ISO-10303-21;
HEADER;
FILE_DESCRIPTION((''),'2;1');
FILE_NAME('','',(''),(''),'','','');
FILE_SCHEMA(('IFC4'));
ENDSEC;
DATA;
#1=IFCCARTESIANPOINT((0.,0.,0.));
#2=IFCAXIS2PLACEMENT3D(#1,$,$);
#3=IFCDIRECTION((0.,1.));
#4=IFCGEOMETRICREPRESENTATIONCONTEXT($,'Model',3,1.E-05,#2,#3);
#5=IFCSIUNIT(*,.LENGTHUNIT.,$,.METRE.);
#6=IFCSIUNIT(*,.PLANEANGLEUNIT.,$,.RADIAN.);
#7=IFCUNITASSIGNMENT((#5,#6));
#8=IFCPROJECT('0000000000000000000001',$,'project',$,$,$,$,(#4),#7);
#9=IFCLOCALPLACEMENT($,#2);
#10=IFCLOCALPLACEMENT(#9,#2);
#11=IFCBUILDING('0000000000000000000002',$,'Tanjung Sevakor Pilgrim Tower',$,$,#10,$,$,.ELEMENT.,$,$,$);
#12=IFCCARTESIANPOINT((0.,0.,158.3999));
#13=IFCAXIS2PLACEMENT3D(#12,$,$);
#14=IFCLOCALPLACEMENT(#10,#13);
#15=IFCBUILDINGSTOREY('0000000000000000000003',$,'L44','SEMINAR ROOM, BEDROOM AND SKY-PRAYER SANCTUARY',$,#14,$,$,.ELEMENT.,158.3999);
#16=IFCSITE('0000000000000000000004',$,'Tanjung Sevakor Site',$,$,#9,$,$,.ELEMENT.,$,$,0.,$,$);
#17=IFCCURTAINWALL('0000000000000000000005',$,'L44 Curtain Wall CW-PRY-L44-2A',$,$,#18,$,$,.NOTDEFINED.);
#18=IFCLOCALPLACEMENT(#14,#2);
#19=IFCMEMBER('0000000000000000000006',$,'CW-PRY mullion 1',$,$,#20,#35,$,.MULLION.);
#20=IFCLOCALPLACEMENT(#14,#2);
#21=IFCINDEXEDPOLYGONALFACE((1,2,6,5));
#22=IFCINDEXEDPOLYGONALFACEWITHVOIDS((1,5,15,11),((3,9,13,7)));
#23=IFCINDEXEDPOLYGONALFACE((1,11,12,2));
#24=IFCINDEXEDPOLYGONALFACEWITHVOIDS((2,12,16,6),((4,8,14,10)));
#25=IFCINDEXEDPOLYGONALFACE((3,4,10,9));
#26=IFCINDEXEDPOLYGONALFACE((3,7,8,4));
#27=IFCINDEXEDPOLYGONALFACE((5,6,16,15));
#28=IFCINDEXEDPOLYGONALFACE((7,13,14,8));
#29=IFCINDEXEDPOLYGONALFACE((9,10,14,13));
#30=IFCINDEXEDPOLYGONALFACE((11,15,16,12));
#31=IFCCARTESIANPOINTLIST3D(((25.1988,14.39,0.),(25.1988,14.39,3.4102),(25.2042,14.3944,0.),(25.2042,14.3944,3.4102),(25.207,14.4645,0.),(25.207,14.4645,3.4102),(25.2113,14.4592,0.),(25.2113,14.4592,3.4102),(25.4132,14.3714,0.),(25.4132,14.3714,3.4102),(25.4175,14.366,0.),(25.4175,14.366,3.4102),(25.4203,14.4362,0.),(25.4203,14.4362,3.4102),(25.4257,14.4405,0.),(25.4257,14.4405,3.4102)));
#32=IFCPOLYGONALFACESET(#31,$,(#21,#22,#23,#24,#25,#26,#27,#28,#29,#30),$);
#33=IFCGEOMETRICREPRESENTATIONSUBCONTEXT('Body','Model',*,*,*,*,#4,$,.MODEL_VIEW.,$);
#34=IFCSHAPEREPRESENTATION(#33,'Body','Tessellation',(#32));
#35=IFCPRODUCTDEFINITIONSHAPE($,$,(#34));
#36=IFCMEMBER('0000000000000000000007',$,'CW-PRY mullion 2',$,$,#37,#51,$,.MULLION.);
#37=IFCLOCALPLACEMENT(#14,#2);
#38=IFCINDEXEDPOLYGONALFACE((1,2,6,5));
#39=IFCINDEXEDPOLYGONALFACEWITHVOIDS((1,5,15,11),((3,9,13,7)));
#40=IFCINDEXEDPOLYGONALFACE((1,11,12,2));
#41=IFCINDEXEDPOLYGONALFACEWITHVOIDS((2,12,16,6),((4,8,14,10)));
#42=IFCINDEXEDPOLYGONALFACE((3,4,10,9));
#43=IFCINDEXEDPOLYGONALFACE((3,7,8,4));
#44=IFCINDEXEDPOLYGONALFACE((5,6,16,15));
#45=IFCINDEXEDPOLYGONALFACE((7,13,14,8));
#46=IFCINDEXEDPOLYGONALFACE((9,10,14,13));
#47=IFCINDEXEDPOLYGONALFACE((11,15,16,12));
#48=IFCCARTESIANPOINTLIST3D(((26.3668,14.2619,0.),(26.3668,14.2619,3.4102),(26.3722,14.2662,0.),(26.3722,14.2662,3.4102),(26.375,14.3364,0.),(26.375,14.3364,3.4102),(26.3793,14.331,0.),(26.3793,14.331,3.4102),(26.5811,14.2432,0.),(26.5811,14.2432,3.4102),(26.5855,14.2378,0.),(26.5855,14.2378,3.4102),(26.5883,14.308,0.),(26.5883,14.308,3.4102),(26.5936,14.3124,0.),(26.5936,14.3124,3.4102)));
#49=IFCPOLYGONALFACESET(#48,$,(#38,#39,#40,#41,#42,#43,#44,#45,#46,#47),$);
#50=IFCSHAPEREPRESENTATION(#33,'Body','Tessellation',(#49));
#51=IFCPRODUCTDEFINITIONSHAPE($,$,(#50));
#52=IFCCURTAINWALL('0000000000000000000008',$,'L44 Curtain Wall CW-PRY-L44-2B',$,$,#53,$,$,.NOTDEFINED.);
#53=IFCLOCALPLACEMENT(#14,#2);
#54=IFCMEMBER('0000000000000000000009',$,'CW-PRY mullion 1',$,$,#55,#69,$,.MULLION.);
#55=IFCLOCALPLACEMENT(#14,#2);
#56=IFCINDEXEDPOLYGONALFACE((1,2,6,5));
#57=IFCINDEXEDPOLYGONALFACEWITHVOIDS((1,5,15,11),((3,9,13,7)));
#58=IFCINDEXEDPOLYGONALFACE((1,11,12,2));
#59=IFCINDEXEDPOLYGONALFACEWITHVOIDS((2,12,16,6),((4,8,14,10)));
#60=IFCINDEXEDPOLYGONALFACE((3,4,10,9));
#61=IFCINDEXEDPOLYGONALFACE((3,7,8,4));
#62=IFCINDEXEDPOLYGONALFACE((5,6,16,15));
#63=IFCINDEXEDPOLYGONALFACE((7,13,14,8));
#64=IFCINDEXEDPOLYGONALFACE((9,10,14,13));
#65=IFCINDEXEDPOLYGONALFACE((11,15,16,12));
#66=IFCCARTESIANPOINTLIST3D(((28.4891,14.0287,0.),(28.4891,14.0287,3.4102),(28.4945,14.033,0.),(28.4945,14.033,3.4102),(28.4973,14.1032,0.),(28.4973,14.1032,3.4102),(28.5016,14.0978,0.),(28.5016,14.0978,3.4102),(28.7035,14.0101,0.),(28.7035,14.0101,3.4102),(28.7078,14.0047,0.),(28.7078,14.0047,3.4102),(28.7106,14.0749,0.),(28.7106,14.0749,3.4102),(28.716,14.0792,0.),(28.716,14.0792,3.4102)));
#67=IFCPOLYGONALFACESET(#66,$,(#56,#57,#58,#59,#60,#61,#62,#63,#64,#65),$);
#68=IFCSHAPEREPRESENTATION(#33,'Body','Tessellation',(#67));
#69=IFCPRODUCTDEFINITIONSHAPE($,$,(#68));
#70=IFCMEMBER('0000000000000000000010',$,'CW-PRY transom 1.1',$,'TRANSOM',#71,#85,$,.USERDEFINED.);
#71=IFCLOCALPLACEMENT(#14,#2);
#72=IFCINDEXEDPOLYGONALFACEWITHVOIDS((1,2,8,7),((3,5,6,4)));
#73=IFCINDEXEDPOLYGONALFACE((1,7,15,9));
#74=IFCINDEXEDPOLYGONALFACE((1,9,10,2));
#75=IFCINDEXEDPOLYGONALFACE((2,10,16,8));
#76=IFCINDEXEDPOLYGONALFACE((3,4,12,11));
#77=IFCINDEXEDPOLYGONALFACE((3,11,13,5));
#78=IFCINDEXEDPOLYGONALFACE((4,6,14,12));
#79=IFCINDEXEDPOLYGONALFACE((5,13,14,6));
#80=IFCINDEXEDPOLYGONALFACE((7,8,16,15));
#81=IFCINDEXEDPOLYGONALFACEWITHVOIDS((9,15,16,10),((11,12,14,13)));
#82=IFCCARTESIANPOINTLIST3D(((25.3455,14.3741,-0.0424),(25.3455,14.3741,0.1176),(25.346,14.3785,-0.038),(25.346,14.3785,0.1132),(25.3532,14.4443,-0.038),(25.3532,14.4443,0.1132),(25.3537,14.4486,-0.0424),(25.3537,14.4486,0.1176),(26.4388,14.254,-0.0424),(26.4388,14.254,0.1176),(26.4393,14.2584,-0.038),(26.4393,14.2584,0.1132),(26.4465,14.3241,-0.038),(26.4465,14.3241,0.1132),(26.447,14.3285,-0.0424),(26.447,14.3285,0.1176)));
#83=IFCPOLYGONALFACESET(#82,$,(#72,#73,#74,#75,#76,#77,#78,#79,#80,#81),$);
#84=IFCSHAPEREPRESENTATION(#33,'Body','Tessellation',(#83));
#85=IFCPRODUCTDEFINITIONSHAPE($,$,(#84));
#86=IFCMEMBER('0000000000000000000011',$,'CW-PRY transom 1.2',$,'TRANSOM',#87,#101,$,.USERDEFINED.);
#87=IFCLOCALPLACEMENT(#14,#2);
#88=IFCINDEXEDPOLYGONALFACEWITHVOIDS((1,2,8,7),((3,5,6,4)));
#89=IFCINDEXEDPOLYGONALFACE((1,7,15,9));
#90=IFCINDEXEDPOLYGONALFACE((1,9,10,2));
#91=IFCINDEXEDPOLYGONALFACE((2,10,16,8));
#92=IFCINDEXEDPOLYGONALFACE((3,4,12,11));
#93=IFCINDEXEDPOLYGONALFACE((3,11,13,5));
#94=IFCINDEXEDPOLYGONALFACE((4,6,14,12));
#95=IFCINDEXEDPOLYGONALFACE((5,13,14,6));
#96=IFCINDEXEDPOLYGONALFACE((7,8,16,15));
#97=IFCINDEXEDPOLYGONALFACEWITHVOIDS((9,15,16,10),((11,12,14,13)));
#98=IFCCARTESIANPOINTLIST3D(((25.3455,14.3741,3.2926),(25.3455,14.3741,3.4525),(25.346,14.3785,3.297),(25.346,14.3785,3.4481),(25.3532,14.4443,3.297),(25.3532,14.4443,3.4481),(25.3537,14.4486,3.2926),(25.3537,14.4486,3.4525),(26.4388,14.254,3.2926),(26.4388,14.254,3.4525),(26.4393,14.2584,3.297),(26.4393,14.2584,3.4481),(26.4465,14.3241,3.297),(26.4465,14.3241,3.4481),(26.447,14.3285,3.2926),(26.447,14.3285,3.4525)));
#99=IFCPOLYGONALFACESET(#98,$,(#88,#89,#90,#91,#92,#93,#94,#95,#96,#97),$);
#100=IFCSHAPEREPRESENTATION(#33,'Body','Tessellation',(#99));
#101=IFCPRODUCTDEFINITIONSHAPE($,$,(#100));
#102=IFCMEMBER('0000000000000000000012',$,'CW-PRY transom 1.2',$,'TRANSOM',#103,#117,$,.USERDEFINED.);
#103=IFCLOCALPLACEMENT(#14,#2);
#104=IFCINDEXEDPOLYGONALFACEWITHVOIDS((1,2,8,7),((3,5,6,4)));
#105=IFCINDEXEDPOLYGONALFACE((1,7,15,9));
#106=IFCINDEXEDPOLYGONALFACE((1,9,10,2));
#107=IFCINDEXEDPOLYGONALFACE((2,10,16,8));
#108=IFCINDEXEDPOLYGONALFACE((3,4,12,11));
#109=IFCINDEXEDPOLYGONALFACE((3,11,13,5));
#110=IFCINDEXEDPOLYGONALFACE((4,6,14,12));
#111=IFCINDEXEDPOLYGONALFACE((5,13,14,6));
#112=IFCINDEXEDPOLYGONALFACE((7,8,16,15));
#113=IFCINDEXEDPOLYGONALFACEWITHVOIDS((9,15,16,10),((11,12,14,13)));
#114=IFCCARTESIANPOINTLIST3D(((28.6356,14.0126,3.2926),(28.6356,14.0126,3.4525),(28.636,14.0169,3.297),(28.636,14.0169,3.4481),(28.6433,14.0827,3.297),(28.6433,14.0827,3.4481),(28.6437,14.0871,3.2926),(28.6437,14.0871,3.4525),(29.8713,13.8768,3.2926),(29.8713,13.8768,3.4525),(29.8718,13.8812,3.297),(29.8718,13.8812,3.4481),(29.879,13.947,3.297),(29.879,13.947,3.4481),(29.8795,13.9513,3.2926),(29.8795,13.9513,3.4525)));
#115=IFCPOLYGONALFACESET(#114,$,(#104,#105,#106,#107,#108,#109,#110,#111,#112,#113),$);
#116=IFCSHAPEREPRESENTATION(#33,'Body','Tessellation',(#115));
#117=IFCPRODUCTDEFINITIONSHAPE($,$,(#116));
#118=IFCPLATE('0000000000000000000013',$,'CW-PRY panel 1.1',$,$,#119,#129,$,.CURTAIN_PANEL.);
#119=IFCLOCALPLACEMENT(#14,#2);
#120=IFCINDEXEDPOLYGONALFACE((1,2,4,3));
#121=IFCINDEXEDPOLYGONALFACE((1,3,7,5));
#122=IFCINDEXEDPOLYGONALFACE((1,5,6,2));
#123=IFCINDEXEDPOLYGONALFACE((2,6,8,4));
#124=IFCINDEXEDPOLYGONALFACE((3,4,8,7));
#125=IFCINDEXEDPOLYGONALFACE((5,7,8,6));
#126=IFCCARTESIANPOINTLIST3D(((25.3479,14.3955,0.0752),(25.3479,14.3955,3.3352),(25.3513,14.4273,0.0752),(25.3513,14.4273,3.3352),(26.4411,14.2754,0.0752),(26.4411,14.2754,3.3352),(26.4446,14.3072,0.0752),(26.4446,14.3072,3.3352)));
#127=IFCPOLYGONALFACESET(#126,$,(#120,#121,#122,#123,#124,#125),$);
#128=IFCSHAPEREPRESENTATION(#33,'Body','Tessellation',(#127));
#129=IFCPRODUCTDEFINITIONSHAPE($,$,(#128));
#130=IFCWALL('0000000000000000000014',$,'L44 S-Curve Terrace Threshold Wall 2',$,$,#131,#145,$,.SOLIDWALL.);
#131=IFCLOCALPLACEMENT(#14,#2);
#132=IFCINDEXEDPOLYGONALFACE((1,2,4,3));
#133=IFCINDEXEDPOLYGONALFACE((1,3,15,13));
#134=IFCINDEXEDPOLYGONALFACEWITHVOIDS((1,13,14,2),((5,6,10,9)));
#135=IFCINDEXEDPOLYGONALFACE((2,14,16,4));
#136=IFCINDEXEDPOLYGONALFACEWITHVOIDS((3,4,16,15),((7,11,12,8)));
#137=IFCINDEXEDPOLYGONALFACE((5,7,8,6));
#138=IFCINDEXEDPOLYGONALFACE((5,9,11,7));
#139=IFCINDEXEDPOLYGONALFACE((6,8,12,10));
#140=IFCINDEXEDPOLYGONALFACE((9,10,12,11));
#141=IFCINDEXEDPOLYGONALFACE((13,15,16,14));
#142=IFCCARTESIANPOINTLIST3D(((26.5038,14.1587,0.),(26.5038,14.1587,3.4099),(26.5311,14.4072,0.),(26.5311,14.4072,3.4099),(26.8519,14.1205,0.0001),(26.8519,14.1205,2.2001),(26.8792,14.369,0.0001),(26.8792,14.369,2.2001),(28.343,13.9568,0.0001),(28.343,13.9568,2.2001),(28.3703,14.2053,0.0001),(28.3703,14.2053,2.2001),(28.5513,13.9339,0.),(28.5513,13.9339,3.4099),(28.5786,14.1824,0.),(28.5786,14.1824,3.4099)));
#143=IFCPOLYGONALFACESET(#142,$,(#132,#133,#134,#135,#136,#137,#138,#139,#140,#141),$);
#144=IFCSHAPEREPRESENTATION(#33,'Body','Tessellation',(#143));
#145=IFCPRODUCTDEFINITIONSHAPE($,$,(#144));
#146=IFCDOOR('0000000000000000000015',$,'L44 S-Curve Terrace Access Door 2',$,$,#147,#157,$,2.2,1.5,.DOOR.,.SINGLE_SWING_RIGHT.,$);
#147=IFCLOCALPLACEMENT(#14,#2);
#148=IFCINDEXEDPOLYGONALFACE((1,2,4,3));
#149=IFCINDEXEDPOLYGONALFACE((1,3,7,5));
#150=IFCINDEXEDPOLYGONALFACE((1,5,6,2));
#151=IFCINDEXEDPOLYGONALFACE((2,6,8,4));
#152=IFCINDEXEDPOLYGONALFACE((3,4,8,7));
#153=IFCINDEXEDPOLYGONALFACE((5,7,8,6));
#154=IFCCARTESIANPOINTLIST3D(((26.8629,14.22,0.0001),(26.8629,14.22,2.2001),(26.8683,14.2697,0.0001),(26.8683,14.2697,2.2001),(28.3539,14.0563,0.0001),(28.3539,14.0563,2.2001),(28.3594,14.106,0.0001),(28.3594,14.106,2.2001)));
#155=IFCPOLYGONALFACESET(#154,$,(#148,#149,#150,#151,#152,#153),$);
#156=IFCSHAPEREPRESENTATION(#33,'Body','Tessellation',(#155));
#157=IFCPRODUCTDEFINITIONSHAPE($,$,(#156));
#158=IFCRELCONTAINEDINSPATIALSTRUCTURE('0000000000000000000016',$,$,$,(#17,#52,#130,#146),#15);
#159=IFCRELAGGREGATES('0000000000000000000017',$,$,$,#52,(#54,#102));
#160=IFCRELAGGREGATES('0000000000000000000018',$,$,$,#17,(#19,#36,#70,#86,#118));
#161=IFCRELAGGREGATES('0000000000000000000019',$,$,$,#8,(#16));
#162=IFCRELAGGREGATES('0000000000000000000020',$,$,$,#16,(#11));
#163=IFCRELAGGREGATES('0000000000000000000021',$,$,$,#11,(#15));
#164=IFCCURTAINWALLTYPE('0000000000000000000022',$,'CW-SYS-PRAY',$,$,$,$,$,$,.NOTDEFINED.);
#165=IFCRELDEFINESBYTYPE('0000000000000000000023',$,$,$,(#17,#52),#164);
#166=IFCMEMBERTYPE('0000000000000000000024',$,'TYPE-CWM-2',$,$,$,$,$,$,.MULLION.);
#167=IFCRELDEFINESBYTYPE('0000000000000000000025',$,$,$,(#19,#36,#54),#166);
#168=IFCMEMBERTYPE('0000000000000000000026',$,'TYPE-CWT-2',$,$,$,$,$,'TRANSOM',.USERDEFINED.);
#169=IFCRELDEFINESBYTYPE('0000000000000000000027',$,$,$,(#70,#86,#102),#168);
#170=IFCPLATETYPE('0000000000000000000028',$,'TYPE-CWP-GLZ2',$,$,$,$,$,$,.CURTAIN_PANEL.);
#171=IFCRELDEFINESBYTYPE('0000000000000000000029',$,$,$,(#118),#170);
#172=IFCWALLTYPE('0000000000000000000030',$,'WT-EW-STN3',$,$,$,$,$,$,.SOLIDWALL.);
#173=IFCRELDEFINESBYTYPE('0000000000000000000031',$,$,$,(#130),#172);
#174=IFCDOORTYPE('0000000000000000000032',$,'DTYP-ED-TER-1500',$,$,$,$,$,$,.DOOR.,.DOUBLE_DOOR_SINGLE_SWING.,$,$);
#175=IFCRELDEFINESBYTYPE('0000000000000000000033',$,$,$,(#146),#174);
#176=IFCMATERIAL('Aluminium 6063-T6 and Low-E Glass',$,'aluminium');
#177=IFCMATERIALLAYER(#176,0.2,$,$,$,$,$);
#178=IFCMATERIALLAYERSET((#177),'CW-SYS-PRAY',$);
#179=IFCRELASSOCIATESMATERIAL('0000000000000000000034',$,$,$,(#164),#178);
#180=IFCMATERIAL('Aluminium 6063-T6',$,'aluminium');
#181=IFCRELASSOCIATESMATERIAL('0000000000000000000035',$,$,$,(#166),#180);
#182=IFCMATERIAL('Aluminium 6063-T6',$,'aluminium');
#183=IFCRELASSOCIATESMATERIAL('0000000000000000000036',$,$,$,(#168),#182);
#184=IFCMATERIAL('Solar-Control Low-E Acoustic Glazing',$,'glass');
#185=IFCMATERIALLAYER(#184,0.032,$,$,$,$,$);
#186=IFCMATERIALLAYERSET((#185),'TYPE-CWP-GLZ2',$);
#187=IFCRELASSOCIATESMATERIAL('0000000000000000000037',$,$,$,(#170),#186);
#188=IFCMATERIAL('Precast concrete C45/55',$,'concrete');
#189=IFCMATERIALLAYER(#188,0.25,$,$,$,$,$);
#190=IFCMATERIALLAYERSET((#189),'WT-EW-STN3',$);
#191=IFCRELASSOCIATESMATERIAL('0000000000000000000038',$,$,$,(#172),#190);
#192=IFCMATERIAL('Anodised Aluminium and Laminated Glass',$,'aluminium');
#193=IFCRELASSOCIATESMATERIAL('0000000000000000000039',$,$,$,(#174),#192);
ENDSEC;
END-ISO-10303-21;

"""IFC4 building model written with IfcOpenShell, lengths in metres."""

from ifc_helpers import new_model, si_unit, direction, frame, frame_2d, origin, origin_2d, place, context, subcontext, project, spatial, rectangle, hollow_rectangle, extrude, material, layer, layer_set, material_profile, profile_set, type_object, element, fill, aggregate, save


model = new_model("IFC4")

# Units and contexts
model_context = context("Model", 3, precision=1e-05, world=origin(), true_north=direction((0.0, 1.0)))
body_context = subcontext(model_context, "Body", "Model", "MODEL_VIEW")
ifc_project = project(units=[si_unit("LENGTHUNIT", "METRE"), si_unit("PLANEANGLEUNIT", "RADIAN")], contexts=[model_context])

# Site, building, storey
site_placement = place(None, origin())
site = spatial("IfcSite", under=ifc_project, at=site_placement, Name="Tanjung Sevakor Site", CompositionType="ELEMENT", RefElevation=0.0)
building_placement = place(site_placement, origin())
building = spatial("IfcBuilding", under=site, at=building_placement, Name="Tanjung Sevakor Pilgrim Tower", CompositionType="ELEMENT")
storey_placement = place(building_placement, frame((0.0, 0.0, 158.3999)))
storey = spatial("IfcBuildingStorey", under=building, at=storey_placement, Name="L44", Description="SEMINAR ROOM, BEDROOM AND SKY-PRAYER SANCTUARY", CompositionType="ELEMENT", Elevation=158.3999)

# Curtain wall, members
ifc_material_1 = material(Name="Aluminium 6063-T6 and Low-E Glass", Category="aluminium")
ifc_layer_1 = layer(ifc_material_1, 0.2)
ifc_layer_set_1 = layer_set([ifc_layer_1], Name="CW-SYS-PRAY")
curtain_wall_type = type_object("IfcCurtainWallType", Name="CW-SYS-PRAY", PredefinedType="NOTDEFINED", material=ifc_layer_set_1)
curtain_wall_1_placement = place(storey_placement, origin())
curtain_wall_1 = element("IfcCurtainWall", 1, at=curtain_wall_1_placement, inside=storey, type_object=curtain_wall_type, Name="L44 Curtain Wall CW-PRY-L44-2A", PredefinedType="NOTDEFINED")
ifc_material_2 = material(Name="Aluminium 6063-T6", Category="aluminium")
ifc_material_profile_1 = material_profile(ifc_material_2, hollow_rectangle(XDim=0.075, YDim=0.22, WallThickness=0.0049, at=origin_2d()))
ifc_profile_set_1 = profile_set([ifc_material_profile_1], Name="Aluminium 6063-T6")
member_type_1 = type_object("IfcMemberType", Name="TYPE-CWM-2", PredefinedType="MULLION", material=ifc_profile_set_1)
member_1_placement = place(storey_placement, frame((25.3123, 14.4153, 0.0), z_axis=(0.0, 0.0, 1.0), x_axis=(0.109202, 0.99402, 0.0)))
member_1 = element("IfcMember", 2, at=member_1_placement, type_object=member_type_1, Name="CW-PRY mullion 1", PredefinedType="MULLION", context=body_context, shape_type="SweptSolid", body=[
    extrude(hollow_rectangle(XDim=0.075, YDim=0.22, WallThickness=0.0049, at=origin_2d()), origin(), (0.0, 0.0, 1.0), 3.4102),
])
member_2_placement = place(storey_placement, frame((26.4802, 14.2871, 0.0), z_axis=(0.0, 0.0, 1.0), x_axis=(0.109202, 0.99402, 0.0)))
member_2 = element("IfcMember", 3, at=member_2_placement, type_object=member_type_1, Name="CW-PRY mullion 2", PredefinedType="MULLION", context=body_context, shape_type="SweptSolid", body=[
    extrude(hollow_rectangle(XDim=0.075, YDim=0.22, WallThickness=0.0049, at=origin_2d()), origin(), (0.0, 0.0, 1.0), 3.4102),
])

# Curtain wall, member
curtain_wall_2_placement = place(storey_placement, origin())
curtain_wall_2 = element("IfcCurtainWall", 4, at=curtain_wall_2_placement, inside=storey, type_object=curtain_wall_type, Name="L44 Curtain Wall CW-PRY-L44-2B", PredefinedType="NOTDEFINED")
member_3_placement = place(storey_placement, frame((28.6025, 14.054, 0.0), z_axis=(0.0, 0.0, 1.0), x_axis=(0.10925, 0.994014, 0.0)))
member_3 = element("IfcMember", 5, at=member_3_placement, type_object=member_type_1, Name="CW-PRY mullion 1", PredefinedType="MULLION", context=body_context, shape_type="SweptSolid", body=[
    extrude(hollow_rectangle(XDim=0.075, YDim=0.22, WallThickness=0.0049, at=origin_2d()), origin(), (0.0, 0.0, 1.0), 3.4102),
])

# Members
ifc_material_3 = material(Name="Aluminium 6063-T6", Category="aluminium")
ifc_material_profile_2 = material_profile(ifc_material_3, hollow_rectangle(XDim=0.075, YDim=0.1599, WallThickness=0.0044, at=origin_2d()))
ifc_profile_set_2 = profile_set([ifc_material_profile_2], Name="Aluminium 6063-T6")
member_type_2 = type_object("IfcMemberType", Name="TYPE-CWT-2", ElementType="TRANSOM", PredefinedType="USERDEFINED", material=ifc_profile_set_2)
member_4_placement = place(storey_placement, frame((25.3496, 14.4114, 0.0376), z_axis=(0.994018, -0.109213, 0.0), x_axis=(0.109213, 0.994018, 0.0)))
member_4 = element("IfcMember", 6, at=member_4_placement, type_object=member_type_2, Name="CW-PRY transom 1.1", ObjectType="TRANSOM", PredefinedType="USERDEFINED", context=body_context, shape_type="SweptSolid", body=[
    extrude(hollow_rectangle(XDim=0.075, YDim=0.1599, WallThickness=0.0044, at=origin_2d()), origin(), (0.0, 0.0, 1.0), 1.0999),
])
member_5_placement = place(storey_placement, frame((25.3496, 14.4114, 3.3726), z_axis=(0.994018, -0.109213, 0.0), x_axis=(0.109213, 0.994018, 0.0)))
member_5 = element("IfcMember", 7, at=member_5_placement, type_object=member_type_2, Name="CW-PRY transom 1.2", ObjectType="TRANSOM", PredefinedType="USERDEFINED", context=body_context, shape_type="SweptSolid", body=[
    extrude(hollow_rectangle(XDim=0.075, YDim=0.1599, WallThickness=0.0044, at=origin_2d()), origin(), (0.0, 0.0, 1.0), 1.0999),
])
member_6_placement = place(storey_placement, frame((28.6396, 14.0498, 3.3726), z_axis=(0.994022, -0.109181, 0.0), x_axis=(0.109181, 0.994022, 0.0)))
member_6 = element("IfcMember", 8, at=member_6_placement, type_object=member_type_2, Name="CW-PRY transom 1.2", ObjectType="TRANSOM", PredefinedType="USERDEFINED", context=body_context, shape_type="SweptSolid", body=[
    extrude(hollow_rectangle(XDim=0.075, YDim=0.1599, WallThickness=0.0044, at=origin_2d()), origin(), (0.0, 0.0, 1.0), 1.2432),
])
aggregate(curtain_wall_2, [member_3, member_6])

# Plate
ifc_material_4 = material(Name="Solar-Control Low-E Acoustic Glazing", Category="glass")
ifc_layer_2 = layer(ifc_material_4, 0.032)
ifc_layer_set_2 = layer_set([ifc_layer_2], Name="TYPE-CWP-GLZ2")
plate_type = type_object("IfcPlateType", Name="TYPE-CWP-GLZ2", PredefinedType="CURTAIN_PANEL", material=ifc_layer_set_2)
plate_placement = place(storey_placement, frame((25.8962, 14.3513, 0.0752), z_axis=(0.0, 0.0, 1.0), x_axis=(0.99402, -0.109202, 0.0)))
plate = element("IfcPlate", 9, at=plate_placement, type_object=plate_type, Name="CW-PRY panel 1.1", PredefinedType="CURTAIN_PANEL", context=body_context, shape_type="SweptSolid", body=[
    extrude(rectangle(XDim=1.0999, YDim=0.032, at=origin_2d()), origin(), (0.0, 0.0, 1.0), 3.26),
])
aggregate(curtain_wall_1, [member_1, member_2, member_4, member_5, plate])

# Wall, opening, door
ifc_material_5 = material(Name="Precast concrete C45/55", Category="concrete")
ifc_layer_3 = layer(ifc_material_5, 0.25)
ifc_layer_set_3 = layer_set([ifc_layer_3], Name="WT-EW-STN3")
wall_type_1 = type_object("IfcWallType", Name="WT-EW-STN3", PredefinedType="SOLIDWALL", material=ifc_layer_set_3)
wall_1_placement = place(storey_placement, frame((26.5176, 14.283, 0.0), z_axis=(0.0, 0.0, 1.0), x_axis=(0.994025, -0.109157, 0.0)))
wall_1 = element("IfcWall", 10, at=wall_1_placement, inside=storey, type_object=wall_type_1, Name="L44 S-Curve Terrace Threshold Wall 2", PredefinedType="SOLIDWALL", context=body_context, shape_type="SweptSolid", body=[
    extrude(rectangle(XDim=2.0598, YDim=0.25, at=frame_2d((1.0298, 0.0))), origin(), (0.0, 0.0, 1.0), 3.4099),
])
opening_1_placement = place(wall_1_placement, frame((0.3501, 0.0, 0.0)))
opening_1 = element("IfcOpeningElement", 11, at=opening_1_placement, cuts=wall_1, PredefinedType="OPENING", context=body_context, shape_type="SweptSolid", body=[
    extrude(rectangle(XDim=1.5, YDim=2.2, at=frame_2d((0.75, 1.1001))), frame((0.0, 0.135, 0.0), z_axis=(0.0, -1.0, 0.0), x_axis=(1.0, 0.0, 0.0)), (0.0, 0.0, 1.0), 0.27),
])
ifc_material_6 = material(Name="Anodised Aluminium and Laminated Glass", Category="aluminium")
door_type_1 = type_object("IfcDoorType", Name="DTYP-ED-TER-1500", OperationType="DOUBLE_DOOR_SINGLE_SWING", PredefinedType="DOOR", material=ifc_material_6)
door_1_placement = place(opening_1_placement, frame((1.5, 0.0, 0.0), z_axis=(0.0, 0.0, 1.0), x_axis=(-1.0, 0.0, 0.0)))
door_1 = element("IfcDoor", 12, at=door_1_placement, inside=storey, type_object=door_type_1, Name="L44 S-Curve Terrace Access Door 2", OperationType="SINGLE_SWING_RIGHT", OverallHeight=2.2, OverallWidth=1.5, PredefinedType="DOOR", context=body_context, shape_type="SweptSolid", body=[
    extrude(rectangle(XDim=1.5, YDim=2.2, at=frame_2d((0.75, 1.1001))), frame((0.0, 0.0249, 0.0), z_axis=(0.0, -1.0, 0.0), x_axis=(1.0, 0.0, 0.0)), (0.0, 0.0, 1.0), 0.05),
])
fill(opening_1, door_1)

save(model, "model.ifc")
